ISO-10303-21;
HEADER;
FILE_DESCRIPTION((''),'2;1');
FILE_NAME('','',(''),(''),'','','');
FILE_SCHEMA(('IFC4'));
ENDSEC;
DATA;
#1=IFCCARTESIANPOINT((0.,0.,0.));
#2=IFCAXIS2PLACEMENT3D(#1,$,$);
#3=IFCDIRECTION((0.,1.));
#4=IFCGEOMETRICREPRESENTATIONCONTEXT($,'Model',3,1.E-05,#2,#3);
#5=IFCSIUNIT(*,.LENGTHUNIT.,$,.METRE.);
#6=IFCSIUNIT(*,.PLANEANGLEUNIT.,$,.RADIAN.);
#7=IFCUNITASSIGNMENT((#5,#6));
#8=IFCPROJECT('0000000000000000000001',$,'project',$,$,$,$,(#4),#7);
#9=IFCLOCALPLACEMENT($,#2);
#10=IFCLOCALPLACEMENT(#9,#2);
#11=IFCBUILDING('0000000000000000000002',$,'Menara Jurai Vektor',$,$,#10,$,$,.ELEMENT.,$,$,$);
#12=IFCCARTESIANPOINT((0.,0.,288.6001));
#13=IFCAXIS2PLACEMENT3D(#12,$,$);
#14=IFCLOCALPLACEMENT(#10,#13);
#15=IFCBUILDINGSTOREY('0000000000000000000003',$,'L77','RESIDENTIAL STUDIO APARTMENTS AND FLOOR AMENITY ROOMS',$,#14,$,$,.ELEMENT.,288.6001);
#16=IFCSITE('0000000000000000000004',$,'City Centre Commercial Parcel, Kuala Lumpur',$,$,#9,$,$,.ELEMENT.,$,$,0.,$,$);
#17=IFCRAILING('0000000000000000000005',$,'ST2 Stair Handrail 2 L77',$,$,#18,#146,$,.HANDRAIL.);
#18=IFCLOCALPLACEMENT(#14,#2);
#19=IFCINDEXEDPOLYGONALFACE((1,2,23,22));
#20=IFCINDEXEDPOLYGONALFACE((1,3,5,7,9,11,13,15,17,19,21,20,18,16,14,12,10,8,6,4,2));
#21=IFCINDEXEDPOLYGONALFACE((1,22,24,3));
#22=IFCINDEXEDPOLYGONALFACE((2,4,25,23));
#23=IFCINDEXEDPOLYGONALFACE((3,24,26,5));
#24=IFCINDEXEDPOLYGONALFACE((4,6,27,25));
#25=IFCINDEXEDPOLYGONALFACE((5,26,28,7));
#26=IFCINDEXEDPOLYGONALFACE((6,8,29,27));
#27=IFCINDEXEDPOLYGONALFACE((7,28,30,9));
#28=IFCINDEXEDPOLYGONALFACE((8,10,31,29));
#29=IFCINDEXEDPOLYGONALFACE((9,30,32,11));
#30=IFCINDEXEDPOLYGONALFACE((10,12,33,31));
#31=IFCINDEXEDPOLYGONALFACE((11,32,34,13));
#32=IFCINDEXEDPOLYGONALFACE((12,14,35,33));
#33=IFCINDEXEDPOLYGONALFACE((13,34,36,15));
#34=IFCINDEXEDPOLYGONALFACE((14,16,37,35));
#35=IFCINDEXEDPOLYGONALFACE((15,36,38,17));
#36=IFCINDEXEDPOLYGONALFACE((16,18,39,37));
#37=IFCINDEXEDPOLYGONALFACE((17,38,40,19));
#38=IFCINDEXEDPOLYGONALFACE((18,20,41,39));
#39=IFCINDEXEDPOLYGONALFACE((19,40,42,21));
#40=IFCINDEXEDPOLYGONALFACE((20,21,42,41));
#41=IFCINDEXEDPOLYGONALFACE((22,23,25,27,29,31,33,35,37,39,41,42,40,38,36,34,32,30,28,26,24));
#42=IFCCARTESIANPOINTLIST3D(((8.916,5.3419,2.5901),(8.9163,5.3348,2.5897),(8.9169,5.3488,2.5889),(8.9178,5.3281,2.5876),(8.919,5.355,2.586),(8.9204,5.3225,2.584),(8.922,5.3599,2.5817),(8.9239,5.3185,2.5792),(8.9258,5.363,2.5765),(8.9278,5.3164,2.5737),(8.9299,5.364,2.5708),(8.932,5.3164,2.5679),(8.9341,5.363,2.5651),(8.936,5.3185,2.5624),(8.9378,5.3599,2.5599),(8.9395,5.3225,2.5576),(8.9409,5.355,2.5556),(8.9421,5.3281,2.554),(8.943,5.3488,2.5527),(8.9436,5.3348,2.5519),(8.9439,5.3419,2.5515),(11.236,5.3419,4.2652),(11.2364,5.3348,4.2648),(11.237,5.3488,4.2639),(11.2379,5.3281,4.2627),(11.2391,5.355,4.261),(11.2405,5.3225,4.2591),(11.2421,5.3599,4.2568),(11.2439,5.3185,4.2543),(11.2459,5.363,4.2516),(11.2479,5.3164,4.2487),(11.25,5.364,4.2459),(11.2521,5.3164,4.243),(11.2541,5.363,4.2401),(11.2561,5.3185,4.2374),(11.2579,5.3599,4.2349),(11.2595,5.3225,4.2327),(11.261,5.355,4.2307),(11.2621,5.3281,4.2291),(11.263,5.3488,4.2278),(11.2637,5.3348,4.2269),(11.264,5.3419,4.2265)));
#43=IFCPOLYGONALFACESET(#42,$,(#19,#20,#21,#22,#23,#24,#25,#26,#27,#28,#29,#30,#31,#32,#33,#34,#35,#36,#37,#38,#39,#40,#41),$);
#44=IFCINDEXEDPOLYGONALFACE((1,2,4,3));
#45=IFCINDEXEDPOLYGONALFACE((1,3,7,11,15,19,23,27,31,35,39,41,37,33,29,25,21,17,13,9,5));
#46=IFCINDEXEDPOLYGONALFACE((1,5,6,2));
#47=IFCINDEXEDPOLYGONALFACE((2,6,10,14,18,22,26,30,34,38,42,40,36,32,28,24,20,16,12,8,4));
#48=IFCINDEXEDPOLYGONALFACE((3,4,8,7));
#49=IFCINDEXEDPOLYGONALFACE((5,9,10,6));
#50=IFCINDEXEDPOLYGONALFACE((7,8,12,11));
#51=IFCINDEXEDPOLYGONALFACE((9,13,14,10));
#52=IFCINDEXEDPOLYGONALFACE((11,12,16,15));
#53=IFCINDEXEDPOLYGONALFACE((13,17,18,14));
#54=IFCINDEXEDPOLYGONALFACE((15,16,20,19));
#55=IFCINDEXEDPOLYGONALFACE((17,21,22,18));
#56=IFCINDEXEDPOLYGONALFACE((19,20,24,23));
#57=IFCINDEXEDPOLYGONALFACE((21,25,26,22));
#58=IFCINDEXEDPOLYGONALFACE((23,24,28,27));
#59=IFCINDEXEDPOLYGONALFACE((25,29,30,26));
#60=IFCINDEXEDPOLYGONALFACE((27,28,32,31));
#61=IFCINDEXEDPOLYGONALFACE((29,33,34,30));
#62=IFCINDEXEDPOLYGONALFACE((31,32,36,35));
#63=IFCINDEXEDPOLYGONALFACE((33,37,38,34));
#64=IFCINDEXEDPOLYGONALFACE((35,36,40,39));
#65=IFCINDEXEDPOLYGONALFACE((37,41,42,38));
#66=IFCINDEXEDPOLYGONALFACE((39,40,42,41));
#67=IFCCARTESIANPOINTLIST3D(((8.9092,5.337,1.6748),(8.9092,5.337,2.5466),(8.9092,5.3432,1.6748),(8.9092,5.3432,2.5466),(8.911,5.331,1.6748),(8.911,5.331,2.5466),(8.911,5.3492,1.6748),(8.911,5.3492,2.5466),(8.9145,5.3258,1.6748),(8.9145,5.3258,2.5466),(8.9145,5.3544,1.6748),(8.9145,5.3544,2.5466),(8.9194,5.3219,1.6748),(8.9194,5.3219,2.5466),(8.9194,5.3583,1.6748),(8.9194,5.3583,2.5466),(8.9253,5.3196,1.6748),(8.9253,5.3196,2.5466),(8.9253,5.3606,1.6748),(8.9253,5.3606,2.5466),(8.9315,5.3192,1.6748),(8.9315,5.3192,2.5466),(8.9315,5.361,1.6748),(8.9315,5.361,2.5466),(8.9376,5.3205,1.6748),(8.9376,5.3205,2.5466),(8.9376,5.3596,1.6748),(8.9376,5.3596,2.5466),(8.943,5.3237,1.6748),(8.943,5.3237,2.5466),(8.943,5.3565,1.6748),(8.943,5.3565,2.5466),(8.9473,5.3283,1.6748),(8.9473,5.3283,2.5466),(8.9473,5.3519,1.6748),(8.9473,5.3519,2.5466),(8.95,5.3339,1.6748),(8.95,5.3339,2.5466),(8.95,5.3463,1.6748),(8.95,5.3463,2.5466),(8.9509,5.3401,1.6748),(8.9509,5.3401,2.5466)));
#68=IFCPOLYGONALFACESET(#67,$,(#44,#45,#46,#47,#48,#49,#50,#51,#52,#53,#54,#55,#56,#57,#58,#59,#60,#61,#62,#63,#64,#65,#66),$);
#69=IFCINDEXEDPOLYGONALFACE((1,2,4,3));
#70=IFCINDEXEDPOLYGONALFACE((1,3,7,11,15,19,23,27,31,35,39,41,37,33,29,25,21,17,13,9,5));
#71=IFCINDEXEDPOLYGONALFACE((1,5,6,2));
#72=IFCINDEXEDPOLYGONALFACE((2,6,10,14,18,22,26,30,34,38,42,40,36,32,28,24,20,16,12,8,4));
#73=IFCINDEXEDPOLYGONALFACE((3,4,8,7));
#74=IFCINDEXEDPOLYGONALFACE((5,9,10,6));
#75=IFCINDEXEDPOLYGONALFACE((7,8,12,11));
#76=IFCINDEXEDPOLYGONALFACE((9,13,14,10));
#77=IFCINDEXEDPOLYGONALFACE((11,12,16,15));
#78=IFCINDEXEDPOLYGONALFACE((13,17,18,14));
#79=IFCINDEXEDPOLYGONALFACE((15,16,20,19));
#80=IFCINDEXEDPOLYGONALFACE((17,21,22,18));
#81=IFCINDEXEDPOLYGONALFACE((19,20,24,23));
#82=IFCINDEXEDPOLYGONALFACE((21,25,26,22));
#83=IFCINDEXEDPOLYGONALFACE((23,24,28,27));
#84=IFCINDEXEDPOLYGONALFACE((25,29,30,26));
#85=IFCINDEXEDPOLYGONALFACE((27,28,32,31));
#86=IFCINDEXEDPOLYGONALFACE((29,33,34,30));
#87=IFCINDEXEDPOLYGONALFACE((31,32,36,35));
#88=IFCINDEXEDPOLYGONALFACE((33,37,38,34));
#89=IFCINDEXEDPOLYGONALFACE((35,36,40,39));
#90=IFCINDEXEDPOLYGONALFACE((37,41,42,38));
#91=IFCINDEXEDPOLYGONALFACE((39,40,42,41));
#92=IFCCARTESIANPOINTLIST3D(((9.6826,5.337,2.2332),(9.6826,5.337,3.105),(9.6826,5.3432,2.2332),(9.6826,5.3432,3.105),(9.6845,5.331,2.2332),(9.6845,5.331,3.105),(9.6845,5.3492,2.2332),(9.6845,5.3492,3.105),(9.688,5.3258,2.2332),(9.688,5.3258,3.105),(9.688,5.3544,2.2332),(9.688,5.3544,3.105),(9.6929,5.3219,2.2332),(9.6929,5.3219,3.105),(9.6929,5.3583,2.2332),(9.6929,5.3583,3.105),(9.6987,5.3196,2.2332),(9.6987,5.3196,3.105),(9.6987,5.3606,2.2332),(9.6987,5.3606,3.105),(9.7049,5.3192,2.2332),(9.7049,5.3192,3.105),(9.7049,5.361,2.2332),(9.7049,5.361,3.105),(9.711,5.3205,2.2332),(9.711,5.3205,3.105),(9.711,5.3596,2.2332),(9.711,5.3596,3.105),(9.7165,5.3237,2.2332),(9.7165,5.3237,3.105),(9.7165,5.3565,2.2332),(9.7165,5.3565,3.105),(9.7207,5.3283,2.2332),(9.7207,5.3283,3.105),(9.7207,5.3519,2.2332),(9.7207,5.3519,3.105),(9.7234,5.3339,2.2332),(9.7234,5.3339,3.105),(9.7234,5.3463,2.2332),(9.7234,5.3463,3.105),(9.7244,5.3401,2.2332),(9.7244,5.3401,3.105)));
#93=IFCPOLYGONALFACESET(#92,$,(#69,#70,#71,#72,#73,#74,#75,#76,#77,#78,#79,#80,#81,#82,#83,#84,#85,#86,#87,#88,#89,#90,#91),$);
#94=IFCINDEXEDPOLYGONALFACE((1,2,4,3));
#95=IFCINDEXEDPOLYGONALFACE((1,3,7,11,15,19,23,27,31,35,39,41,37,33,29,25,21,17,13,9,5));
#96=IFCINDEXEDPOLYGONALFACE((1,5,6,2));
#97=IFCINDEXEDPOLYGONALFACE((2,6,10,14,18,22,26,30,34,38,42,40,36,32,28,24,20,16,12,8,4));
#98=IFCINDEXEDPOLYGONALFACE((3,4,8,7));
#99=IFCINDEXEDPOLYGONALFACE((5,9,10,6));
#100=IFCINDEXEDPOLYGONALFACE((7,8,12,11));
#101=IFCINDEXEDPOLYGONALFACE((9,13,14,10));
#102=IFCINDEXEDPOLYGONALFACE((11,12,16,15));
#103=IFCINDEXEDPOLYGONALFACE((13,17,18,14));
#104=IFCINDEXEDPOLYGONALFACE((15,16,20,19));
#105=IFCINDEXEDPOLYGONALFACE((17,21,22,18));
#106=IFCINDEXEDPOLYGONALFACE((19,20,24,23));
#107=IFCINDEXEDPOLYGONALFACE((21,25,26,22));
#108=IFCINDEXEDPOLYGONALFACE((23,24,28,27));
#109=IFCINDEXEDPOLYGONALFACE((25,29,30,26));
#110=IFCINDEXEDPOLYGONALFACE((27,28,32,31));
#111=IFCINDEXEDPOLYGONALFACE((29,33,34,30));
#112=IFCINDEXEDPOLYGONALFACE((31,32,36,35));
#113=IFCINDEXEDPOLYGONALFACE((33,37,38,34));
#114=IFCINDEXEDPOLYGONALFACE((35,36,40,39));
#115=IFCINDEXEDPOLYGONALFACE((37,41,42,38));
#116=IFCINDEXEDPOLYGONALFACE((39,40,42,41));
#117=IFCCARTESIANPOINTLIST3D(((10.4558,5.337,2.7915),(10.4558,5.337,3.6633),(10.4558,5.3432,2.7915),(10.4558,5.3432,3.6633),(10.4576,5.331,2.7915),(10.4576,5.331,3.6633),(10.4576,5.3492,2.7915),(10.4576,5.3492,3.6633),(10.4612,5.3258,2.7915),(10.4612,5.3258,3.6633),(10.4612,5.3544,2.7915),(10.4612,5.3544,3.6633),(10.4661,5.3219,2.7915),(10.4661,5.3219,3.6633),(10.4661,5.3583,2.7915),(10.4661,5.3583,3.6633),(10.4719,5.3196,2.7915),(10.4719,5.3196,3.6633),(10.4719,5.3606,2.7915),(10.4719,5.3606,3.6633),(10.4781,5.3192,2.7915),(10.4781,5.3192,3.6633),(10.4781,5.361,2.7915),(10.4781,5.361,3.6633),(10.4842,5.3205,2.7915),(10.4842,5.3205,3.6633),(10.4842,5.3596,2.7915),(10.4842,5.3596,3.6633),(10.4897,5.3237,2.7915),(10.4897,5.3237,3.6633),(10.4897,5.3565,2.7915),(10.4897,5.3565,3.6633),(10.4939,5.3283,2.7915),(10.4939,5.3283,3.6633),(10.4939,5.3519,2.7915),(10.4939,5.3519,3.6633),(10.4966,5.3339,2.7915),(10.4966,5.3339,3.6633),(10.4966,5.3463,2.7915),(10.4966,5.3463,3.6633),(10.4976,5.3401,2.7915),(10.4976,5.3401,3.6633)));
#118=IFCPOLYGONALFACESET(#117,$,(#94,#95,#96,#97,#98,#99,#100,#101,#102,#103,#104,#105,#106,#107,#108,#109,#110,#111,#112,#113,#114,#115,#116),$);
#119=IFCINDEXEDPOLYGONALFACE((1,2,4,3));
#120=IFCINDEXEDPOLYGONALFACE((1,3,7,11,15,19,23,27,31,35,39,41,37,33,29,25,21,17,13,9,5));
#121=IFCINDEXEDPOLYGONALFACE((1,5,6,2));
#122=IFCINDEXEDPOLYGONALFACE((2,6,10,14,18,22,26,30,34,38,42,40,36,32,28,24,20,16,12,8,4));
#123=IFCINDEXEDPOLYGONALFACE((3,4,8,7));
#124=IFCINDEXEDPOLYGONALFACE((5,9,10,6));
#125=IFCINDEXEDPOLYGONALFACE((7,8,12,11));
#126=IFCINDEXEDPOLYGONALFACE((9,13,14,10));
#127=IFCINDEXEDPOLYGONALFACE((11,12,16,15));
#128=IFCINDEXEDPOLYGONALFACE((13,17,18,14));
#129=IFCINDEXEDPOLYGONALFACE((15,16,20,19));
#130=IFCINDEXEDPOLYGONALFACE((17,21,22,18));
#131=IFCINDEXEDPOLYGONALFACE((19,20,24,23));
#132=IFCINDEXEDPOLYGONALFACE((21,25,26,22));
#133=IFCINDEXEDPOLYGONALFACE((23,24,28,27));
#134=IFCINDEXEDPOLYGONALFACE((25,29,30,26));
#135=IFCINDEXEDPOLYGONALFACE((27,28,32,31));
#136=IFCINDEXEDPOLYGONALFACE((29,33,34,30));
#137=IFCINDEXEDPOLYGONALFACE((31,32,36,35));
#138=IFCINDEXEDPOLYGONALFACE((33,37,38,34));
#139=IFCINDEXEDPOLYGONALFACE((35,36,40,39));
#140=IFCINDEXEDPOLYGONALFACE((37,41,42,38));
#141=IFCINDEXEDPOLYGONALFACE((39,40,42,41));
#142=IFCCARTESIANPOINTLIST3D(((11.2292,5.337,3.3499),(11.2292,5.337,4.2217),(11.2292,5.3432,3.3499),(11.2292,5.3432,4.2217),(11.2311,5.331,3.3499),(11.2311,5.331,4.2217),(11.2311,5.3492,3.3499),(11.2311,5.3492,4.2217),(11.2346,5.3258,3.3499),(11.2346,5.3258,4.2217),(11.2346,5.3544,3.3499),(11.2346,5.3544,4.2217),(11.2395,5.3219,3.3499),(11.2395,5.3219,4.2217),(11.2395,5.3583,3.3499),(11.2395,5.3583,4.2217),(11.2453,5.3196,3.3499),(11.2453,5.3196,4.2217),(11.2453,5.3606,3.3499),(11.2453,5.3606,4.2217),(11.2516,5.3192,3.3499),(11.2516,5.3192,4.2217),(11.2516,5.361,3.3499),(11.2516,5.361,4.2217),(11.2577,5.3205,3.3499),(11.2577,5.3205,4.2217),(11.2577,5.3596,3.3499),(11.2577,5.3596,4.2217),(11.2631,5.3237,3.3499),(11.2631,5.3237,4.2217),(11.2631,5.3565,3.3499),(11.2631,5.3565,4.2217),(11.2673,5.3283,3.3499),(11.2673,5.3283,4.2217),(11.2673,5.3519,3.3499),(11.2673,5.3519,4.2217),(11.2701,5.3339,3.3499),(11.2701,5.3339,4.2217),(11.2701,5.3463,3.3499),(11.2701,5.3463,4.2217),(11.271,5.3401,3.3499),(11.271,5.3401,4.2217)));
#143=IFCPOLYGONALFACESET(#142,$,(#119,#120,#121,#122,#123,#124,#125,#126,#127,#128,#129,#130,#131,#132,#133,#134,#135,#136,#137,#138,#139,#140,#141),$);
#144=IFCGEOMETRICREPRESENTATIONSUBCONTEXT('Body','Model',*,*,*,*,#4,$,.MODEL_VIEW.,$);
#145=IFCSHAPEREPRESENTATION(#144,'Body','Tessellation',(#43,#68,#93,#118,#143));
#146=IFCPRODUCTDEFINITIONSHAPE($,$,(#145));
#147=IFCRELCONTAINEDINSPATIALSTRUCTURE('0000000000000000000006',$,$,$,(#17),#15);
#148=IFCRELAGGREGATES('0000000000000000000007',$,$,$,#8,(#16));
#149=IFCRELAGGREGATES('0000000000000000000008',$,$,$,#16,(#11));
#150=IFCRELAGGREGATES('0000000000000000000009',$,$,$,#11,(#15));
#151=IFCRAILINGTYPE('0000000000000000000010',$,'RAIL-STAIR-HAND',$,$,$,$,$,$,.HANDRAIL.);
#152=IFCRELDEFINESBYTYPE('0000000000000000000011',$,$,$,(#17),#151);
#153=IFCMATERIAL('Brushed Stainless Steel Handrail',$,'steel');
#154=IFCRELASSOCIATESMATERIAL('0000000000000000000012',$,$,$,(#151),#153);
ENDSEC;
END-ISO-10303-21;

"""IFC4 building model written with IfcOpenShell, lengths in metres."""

from ifc_helpers import new_model, si_unit, direction, frame, origin, origin_2d, place, context, subcontext, project, spatial, circle, extrude, material, type_object, element, save


model = new_model("IFC4")

# Units and contexts
model_context = context("Model", 3, precision=1e-05, world=origin(), true_north=direction((0.0, 1.0)))
body_context = subcontext(model_context, "Body", "Model", "MODEL_VIEW")
ifc_project = project(units=[si_unit("LENGTHUNIT", "METRE"), si_unit("PLANEANGLEUNIT", "RADIAN")], contexts=[model_context])

# Site, building, storey
site_placement = place(None, origin())
site = spatial("IfcSite", under=ifc_project, at=site_placement, Name="City Centre Commercial Parcel, Kuala Lumpur", CompositionType="ELEMENT", RefElevation=0.0)
building_placement = place(site_placement, origin())
building = spatial("IfcBuilding", under=site, at=building_placement, Name="Menara Jurai Vektor", CompositionType="ELEMENT")
storey_placement = place(building_placement, frame((0.0, 0.0, 288.6001)))
storey = spatial("IfcBuildingStorey", under=building, at=storey_placement, Name="L77", Description="RESIDENTIAL STUDIO APARTMENTS AND FLOOR AMENITY ROOMS", CompositionType="ELEMENT", Elevation=288.6001)

# Railing
ifc_material_1 = material(Name="Brushed Stainless Steel Handrail", Category="steel")
railing_type_1 = type_object("IfcRailingType", Name="RAIL-STAIR-HAND", PredefinedType="HANDRAIL", material=ifc_material_1)
railing_1_placement = place(storey_placement, frame((8.9299, 5.3401, 1.6748)))
element("IfcRailing", 1, at=railing_1_placement, inside=storey, type_object=railing_type_1, Name="ST2 Stair Handrail 2 L77", PredefinedType="HANDRAIL", context=body_context, shape_type="SweptSolid", body=[
    extrude(circle(Radius=0.0239, at=origin_2d()), frame((0.0, 0.0, 0.896), z_axis=(0.810771, 0.0, 0.585363), x_axis=(0.0, 1.0, 0.0)), (0.0, 0.0, 1.0), 2.8616),
    extrude(circle(Radius=0.021, at=origin_2d()), origin(), (0.0, 0.0, 1.0), 0.8718),
    extrude(circle(Radius=0.021, at=origin_2d()), frame((0.7734, 0.0, 0.5583)), (0.0, 0.0, 1.0), 0.8718),
    extrude(circle(Radius=0.021, at=origin_2d()), frame((1.5466, 0.0, 1.1167)), (0.0, 0.0, 1.0), 0.8718),
    extrude(circle(Radius=0.021, at=origin_2d()), frame((2.3201, 0.0, 1.675)), (0.0, 0.0, 1.0), 0.8718),
])

save(model, "model.ifc")
